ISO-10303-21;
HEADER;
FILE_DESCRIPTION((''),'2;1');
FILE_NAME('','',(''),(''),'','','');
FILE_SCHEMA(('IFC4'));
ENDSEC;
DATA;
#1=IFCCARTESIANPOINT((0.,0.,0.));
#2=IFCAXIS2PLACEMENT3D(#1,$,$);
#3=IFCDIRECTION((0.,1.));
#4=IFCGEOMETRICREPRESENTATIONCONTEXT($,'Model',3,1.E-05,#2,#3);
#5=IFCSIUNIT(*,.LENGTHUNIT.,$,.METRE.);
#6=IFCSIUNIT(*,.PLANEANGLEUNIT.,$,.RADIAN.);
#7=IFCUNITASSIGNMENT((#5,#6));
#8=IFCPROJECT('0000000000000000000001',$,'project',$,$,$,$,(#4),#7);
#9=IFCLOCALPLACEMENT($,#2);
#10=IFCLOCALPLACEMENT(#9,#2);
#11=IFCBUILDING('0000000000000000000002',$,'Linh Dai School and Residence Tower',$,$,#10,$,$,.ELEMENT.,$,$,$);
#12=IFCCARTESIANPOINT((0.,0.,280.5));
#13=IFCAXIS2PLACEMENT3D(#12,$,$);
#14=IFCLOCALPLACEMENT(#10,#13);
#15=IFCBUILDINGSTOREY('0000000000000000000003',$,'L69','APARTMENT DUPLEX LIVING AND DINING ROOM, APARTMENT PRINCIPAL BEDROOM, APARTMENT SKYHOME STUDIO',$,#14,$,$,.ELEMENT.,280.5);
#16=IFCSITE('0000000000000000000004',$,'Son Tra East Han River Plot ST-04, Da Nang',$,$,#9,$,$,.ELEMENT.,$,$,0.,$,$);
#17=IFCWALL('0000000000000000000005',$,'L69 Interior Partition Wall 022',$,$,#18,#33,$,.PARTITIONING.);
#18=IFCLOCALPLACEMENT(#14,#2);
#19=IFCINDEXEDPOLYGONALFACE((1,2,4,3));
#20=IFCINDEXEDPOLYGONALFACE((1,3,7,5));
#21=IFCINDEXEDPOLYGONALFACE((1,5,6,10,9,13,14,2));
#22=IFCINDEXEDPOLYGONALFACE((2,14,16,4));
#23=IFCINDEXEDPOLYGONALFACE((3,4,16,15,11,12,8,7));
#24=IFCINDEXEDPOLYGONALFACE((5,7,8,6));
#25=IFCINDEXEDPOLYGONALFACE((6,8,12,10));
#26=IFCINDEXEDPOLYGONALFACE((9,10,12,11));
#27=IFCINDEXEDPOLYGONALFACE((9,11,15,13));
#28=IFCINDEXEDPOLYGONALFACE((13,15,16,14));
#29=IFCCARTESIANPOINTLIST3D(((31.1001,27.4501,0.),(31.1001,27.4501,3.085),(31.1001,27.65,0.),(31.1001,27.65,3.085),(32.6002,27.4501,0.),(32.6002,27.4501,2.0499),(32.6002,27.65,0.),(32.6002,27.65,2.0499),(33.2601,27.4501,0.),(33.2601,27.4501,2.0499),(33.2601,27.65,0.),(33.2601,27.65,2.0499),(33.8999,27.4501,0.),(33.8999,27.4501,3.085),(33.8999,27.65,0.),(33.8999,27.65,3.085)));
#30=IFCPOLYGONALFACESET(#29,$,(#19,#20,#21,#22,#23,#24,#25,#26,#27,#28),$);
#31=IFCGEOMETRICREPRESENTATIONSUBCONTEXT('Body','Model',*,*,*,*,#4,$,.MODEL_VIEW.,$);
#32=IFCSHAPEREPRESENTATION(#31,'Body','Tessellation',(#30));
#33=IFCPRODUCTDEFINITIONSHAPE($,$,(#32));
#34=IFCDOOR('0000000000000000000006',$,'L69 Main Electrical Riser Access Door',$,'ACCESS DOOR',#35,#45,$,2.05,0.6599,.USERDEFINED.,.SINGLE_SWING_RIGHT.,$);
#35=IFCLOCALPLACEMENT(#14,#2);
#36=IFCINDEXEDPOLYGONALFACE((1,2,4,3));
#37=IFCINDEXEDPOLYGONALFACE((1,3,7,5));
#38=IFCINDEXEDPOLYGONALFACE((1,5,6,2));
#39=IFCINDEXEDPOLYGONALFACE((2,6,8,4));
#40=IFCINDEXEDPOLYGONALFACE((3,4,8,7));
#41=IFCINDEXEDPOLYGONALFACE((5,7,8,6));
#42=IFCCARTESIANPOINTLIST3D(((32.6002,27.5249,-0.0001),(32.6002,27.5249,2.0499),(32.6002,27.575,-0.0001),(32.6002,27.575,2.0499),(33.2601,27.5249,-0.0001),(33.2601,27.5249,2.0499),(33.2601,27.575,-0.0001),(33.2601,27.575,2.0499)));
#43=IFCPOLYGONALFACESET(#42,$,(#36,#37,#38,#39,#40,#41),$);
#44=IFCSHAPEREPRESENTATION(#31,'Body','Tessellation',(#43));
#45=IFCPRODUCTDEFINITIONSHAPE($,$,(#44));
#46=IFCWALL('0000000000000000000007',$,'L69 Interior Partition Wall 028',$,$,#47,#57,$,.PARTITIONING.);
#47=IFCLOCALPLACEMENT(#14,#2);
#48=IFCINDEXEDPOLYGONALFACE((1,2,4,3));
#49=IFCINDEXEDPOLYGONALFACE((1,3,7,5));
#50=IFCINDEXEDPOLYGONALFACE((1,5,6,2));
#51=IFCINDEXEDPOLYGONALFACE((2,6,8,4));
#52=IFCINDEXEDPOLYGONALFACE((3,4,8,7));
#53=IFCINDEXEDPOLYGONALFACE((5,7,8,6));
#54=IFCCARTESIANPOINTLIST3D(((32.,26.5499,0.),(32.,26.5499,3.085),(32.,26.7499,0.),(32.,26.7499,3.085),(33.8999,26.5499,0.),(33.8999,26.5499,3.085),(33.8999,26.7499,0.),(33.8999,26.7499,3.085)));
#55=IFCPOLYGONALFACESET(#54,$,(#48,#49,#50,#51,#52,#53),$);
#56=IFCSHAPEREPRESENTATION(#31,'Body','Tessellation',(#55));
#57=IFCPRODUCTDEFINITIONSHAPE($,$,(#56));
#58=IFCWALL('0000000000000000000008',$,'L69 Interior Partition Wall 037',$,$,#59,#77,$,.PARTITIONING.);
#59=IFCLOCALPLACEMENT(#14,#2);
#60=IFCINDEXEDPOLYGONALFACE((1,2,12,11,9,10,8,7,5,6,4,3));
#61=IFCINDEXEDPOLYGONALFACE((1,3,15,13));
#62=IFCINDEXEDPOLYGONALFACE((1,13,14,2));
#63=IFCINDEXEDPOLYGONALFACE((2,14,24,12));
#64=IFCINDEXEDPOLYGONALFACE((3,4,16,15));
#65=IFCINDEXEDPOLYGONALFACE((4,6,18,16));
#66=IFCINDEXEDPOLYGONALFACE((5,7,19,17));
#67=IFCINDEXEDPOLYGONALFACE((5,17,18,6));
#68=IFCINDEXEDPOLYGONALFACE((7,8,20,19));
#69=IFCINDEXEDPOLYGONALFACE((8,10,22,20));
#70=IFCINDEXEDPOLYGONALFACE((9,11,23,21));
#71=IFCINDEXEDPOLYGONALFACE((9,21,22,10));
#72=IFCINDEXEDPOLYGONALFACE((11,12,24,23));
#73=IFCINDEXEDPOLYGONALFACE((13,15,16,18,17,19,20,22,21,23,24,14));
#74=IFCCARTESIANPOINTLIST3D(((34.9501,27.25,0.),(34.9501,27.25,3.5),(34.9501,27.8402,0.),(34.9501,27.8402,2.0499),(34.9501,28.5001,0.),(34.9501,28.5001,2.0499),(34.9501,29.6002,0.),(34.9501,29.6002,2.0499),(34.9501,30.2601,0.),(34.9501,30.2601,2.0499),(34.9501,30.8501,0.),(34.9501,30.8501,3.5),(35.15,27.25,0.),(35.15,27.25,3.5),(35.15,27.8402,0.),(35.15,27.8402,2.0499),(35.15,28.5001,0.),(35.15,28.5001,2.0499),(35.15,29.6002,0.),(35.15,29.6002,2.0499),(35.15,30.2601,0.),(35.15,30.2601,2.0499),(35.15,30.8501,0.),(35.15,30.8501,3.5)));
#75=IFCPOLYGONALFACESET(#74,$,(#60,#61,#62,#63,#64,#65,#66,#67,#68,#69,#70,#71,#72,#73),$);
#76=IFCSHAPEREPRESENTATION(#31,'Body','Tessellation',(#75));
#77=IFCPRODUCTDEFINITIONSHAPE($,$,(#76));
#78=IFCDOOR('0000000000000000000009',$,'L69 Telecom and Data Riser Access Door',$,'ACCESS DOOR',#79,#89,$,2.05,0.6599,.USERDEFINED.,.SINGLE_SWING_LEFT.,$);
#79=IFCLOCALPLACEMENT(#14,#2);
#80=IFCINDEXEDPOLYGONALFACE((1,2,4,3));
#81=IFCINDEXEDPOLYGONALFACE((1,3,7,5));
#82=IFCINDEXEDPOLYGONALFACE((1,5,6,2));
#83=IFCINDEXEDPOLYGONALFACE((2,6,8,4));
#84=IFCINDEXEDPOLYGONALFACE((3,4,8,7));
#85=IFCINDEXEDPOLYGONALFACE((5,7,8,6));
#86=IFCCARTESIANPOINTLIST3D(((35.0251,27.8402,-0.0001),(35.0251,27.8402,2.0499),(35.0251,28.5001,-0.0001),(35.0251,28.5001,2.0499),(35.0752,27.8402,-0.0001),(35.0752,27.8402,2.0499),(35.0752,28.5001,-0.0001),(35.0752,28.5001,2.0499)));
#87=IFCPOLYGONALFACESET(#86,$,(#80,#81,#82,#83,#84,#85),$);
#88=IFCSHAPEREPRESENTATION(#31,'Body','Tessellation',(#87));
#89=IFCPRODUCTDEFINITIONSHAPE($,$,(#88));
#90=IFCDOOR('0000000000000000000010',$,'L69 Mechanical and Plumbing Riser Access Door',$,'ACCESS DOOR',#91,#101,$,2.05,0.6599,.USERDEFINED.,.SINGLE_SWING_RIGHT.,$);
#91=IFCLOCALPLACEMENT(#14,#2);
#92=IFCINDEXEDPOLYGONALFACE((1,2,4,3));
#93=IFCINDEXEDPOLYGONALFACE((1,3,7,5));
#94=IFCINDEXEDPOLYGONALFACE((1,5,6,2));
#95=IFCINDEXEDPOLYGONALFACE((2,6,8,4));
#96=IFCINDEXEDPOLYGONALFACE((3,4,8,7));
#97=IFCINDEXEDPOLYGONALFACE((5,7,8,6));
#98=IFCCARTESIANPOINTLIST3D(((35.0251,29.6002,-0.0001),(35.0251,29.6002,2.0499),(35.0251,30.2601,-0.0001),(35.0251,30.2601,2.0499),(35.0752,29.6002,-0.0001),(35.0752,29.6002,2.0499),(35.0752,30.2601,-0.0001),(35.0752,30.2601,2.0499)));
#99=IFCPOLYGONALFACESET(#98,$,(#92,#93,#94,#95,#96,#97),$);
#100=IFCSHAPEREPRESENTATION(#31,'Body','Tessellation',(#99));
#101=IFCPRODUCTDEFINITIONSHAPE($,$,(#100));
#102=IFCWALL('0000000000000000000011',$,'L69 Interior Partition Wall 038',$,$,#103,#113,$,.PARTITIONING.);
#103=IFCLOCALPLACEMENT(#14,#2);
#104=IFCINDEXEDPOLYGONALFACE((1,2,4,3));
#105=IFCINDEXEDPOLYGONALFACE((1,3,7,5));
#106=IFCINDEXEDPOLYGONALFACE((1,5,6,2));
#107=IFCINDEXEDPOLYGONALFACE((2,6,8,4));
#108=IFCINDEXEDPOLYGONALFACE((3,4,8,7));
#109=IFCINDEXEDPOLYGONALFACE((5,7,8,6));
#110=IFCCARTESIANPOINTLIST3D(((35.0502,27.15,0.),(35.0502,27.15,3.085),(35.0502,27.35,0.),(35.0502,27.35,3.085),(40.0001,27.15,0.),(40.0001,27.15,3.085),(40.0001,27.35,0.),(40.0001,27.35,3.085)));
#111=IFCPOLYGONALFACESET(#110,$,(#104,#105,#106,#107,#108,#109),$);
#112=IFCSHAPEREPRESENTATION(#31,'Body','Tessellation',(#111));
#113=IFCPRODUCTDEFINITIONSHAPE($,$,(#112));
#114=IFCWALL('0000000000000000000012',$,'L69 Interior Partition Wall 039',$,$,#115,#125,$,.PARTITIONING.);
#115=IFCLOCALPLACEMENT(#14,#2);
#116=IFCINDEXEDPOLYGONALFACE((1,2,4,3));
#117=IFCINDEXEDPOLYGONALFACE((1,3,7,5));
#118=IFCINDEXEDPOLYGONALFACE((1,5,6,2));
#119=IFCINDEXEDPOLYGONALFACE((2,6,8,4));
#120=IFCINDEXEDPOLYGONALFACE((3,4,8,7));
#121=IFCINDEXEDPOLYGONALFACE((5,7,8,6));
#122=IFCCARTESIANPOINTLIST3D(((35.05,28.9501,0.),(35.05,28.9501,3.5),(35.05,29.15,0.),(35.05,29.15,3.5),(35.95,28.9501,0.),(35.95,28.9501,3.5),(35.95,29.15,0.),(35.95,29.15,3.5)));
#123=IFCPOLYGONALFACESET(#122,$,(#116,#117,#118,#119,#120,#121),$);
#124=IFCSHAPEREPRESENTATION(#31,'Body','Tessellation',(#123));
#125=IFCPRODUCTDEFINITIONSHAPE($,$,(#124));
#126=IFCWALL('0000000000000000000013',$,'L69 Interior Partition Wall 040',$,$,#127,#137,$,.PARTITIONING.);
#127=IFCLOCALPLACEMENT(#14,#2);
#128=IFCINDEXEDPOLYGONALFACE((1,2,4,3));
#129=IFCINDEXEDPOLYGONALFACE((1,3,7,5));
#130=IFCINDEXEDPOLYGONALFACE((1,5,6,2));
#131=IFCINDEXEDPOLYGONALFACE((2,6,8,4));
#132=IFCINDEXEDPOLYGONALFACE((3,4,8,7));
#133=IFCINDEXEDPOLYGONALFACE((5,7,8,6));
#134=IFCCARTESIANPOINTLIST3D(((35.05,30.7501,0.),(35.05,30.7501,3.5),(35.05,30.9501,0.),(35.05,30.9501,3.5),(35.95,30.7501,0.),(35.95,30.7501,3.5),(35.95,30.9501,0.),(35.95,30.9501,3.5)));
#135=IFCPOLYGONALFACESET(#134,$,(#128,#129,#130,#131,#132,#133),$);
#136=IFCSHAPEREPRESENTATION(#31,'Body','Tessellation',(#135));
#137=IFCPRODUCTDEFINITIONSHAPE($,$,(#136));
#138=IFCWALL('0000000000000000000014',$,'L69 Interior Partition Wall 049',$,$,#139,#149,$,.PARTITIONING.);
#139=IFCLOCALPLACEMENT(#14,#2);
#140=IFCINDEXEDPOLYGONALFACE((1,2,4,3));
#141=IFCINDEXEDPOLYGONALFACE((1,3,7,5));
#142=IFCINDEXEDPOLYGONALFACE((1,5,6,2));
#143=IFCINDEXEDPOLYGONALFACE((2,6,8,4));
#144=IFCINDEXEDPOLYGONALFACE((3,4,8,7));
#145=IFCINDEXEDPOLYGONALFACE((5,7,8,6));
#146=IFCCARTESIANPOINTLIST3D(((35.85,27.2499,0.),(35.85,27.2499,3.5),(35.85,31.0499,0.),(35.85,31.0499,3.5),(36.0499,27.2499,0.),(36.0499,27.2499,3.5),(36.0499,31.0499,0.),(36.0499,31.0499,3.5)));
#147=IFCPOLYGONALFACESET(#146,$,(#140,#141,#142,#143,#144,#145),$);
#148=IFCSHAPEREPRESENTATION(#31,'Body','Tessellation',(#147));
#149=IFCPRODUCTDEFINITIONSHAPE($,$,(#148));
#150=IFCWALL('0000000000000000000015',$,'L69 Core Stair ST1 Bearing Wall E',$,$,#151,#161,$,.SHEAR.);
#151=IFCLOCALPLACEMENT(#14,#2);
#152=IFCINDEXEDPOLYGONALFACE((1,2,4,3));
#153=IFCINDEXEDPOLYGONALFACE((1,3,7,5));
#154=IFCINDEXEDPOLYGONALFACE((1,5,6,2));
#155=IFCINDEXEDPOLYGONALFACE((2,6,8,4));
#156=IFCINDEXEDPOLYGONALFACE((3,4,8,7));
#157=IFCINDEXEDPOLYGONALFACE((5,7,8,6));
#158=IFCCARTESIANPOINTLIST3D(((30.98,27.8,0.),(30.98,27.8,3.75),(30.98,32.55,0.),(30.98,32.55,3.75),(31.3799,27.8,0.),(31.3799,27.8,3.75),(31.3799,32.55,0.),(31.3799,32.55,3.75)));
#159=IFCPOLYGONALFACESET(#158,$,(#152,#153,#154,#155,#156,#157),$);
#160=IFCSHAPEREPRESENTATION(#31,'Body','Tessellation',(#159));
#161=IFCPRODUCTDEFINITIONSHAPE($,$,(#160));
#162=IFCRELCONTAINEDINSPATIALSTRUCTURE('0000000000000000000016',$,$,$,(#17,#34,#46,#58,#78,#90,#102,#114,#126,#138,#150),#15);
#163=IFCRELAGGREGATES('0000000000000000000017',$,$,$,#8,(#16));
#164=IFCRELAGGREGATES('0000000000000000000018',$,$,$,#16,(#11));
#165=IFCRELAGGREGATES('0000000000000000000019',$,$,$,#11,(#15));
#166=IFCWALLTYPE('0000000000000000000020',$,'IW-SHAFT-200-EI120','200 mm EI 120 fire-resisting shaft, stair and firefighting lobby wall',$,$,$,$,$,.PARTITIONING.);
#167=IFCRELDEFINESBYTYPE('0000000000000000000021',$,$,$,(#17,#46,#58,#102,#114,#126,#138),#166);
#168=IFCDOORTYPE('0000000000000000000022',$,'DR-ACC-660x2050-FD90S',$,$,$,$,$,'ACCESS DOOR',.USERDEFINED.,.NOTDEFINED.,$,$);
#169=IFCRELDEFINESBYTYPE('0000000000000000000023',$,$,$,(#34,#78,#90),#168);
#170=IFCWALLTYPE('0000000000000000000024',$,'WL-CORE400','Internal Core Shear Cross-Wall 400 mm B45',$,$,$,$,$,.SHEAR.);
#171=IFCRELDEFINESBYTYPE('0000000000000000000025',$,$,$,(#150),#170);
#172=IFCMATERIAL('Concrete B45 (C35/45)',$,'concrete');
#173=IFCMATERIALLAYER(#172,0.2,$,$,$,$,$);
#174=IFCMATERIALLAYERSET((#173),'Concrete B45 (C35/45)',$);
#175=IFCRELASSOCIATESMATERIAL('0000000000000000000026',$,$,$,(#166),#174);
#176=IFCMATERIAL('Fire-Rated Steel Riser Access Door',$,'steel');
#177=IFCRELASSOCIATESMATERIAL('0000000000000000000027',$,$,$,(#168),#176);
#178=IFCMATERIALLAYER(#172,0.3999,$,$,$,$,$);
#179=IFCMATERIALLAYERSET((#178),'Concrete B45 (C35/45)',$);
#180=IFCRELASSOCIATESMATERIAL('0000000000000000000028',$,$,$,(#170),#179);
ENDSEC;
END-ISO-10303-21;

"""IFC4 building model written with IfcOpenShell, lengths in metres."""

from ifc_helpers import new_model, si_unit, direction, frame, frame_2d, origin, origin_2d, place, context, subcontext, project, spatial, rectangle, extrude, source, transform, mapped, material, layer, layer_set, type_object, element, fill, save


model = new_model("IFC4")

# Units and contexts
model_context = context("Model", 3, precision=1e-05, world=origin(), true_north=direction((0.0, 1.0)))
body_context = subcontext(model_context, "Body", "Model", "MODEL_VIEW")
ifc_project = project(units=[si_unit("LENGTHUNIT", "METRE"), si_unit("PLANEANGLEUNIT", "RADIAN")], contexts=[model_context])

# Site, building, storey
site_placement = place(None, origin())
site = spatial("IfcSite", under=ifc_project, at=site_placement, Name="Son Tra East Han River Plot ST-04, Da Nang", CompositionType="ELEMENT", RefElevation=0.0)
building_placement = place(site_placement, origin())
building = spatial("IfcBuilding", under=site, at=building_placement, Name="Linh Dai School and Residence Tower", CompositionType="ELEMENT")
storey_placement = place(building_placement, frame((0.0, 0.0, 280.5)))
storey = spatial("IfcBuildingStorey", under=building, at=storey_placement, Name="L69", Description="APARTMENT DUPLEX LIVING AND DINING ROOM, APARTMENT PRINCIPAL BEDROOM, APARTMENT SKYHOME STUDIO", CompositionType="ELEMENT", Elevation=280.5)

# Wall, opening, door
ifc_material_1 = material(Name="Concrete B45 (C35/45)", Category="concrete")
ifc_layer_1 = layer(ifc_material_1, 0.2)
ifc_layer_set_1 = layer_set([ifc_layer_1], Name="Concrete B45 (C35/45)")
wall_type_1 = type_object("IfcWallType", Name="IW-SHAFT-200-EI120", Description="200 mm EI 120 fire-resisting shaft, stair and firefighting lobby wall", PredefinedType="PARTITIONING", material=ifc_layer_set_1)
wall_1_placement = place(storey_placement, frame((31.1001, 27.55, 0.0), z_axis=(0.0, 0.0, 1.0), x_axis=(1.0, 0.0, 0.0)))
wall_1 = element("IfcWall", 1, at=wall_1_placement, inside=storey, type_object=wall_type_1, Name="L69 Interior Partition Wall 022", PredefinedType="PARTITIONING", context=body_context, shape_type="SweptSolid", body=[
    extrude(rectangle(XDim=2.7998, YDim=0.2, at=frame_2d((1.3999, 0.0))), origin(), (0.0, 0.0, 1.0), 3.085),
])
opening_1_placement = place(wall_1_placement, frame((1.5, 0.0, 0.0)))
opening_1 = element("IfcOpeningElement", 2, at=opening_1_placement, cuts=wall_1, PredefinedType="OPENING", context=body_context, shape_type="SweptSolid", body=[
    extrude(rectangle(XDim=0.6599, YDim=2.05, at=origin_2d()), frame((0.3301, 0.1099, 1.0249), z_axis=(0.0, -1.0, 0.0), x_axis=(1.0, 0.0, 0.0)), (0.0, 0.0, 1.0), 0.22),
])
ifc_material_2 = material(Name="Fire-Rated Steel Riser Access Door", Category="steel")
door_type_1 = type_object("IfcDoorType", Name="DR-ACC-660x2050-FD90S", ElementType="ACCESS DOOR", OperationType="NOTDEFINED", PredefinedType="USERDEFINED", material=ifc_material_2)
shared_shape_1 = source(origin(), body_context, "Body", "SweptSolid", [
    extrude(rectangle(XDim=0.6599, YDim=2.05, at=origin_2d()), frame((0.3301, 0.0249, 1.0249), z_axis=(0.0, -1.0, 0.0), x_axis=(1.0, 0.0, 0.0)), (0.0, 0.0, 1.0), 0.05),
])
door_1_placement = place(opening_1_placement, origin())
door_1 = element("IfcDoor", 3, at=door_1_placement, inside=storey, type_object=door_type_1, Name="L69 Main Electrical Riser Access Door", ObjectType="ACCESS DOOR", OperationType="SINGLE_SWING_RIGHT", OverallHeight=2.05, OverallWidth=0.6599, PredefinedType="USERDEFINED", context=body_context, shape_type="MappedRepresentation", body=[
    mapped(shared_shape_1, transform((0.0, 0.0, 0.0), x_axis=(1.0, 0.0, 0.0), y_axis=(0.0, 1.0, 0.0), z_axis=(0.0, 0.0, 1.0), scale=1.0)),
])
fill(opening_1, door_1)

# Wall
wall_2_placement = place(storey_placement, frame((32.0, 26.6499, 0.0), z_axis=(0.0, 0.0, 1.0), x_axis=(1.0, 0.0, 0.0)))
element("IfcWall", 4, at=wall_2_placement, inside=storey, type_object=wall_type_1, Name="L69 Interior Partition Wall 028", PredefinedType="PARTITIONING", context=body_context, shape_type="SweptSolid", body=[
    extrude(rectangle(XDim=1.8999, YDim=0.2, at=frame_2d((0.95, 0.0))), origin(), (0.0, 0.0, 1.0), 3.085),
])

# Wall, openings, doors
wall_3_placement = place(storey_placement, frame((35.05, 27.25, 0.0), z_axis=(0.0, 0.0, 1.0), x_axis=(0.0, 1.0, 0.0)))
wall_3 = element("IfcWall", 5, at=wall_3_placement, inside=storey, type_object=wall_type_1, Name="L69 Interior Partition Wall 037", PredefinedType="PARTITIONING", context=body_context, shape_type="SweptSolid", body=[
    extrude(rectangle(XDim=3.6001, YDim=0.2, at=frame_2d((1.8, 0.0))), origin(), (0.0, 0.0, 1.0), 3.5),
])
opening_2_placement = place(wall_3_placement, frame((0.5901, 0.0, 0.0)))
opening_2 = element("IfcOpeningElement", 6, at=opening_2_placement, cuts=wall_3, PredefinedType="OPENING", context=body_context, shape_type="SweptSolid", body=[
    extrude(rectangle(XDim=0.6599, YDim=2.05, at=origin_2d()), frame((0.3301, 0.1099, 1.0249), z_axis=(0.0, -1.0, 0.0), x_axis=(1.0, 0.0, 0.0)), (0.0, 0.0, 1.0), 0.22),
])
opening_3_placement = place(wall_3_placement, frame((2.3501, 0.0, 0.0)))
opening_3 = element("IfcOpeningElement", 7, at=opening_3_placement, cuts=wall_3, PredefinedType="OPENING", context=body_context, shape_type="SweptSolid", body=[
    extrude(rectangle(XDim=0.6599, YDim=2.05, at=origin_2d()), frame((0.3301, 0.1099, 1.0249), z_axis=(0.0, -1.0, 0.0), x_axis=(1.0, 0.0, 0.0)), (0.0, 0.0, 1.0), 0.22),
])
door_2_placement = place(opening_2_placement, origin())
door_2 = element("IfcDoor", 8, at=door_2_placement, inside=storey, type_object=door_type_1, Name="L69 Telecom and Data Riser Access Door", ObjectType="ACCESS DOOR", OperationType="SINGLE_SWING_LEFT", OverallHeight=2.05, OverallWidth=0.6599, PredefinedType="USERDEFINED", context=body_context, shape_type="MappedRepresentation", body=[
    mapped(shared_shape_1, transform((0.0, 0.0, 0.0), x_axis=(1.0, 0.0, 0.0), y_axis=(0.0, 1.0, 0.0), z_axis=(0.0, 0.0, 1.0), scale=1.0)),
])
fill(opening_2, door_2)
door_3_placement = place(opening_3_placement, origin())
door_3 = element("IfcDoor", 9, at=door_3_placement, inside=storey, type_object=door_type_1, Name="L69 Mechanical and Plumbing Riser Access Door", ObjectType="ACCESS DOOR", OperationType="SINGLE_SWING_RIGHT", OverallHeight=2.05, OverallWidth=0.6599, PredefinedType="USERDEFINED", context=body_context, shape_type="MappedRepresentation", body=[
    mapped(shared_shape_1, transform((0.0, 0.0, 0.0), x_axis=(1.0, 0.0, 0.0), y_axis=(0.0, 1.0, 0.0), z_axis=(0.0, 0.0, 1.0), scale=1.0)),
])
fill(opening_3, door_3)

# Walls
wall_4_placement = place(storey_placement, frame((35.05, 27.25, 0.0), z_axis=(0.0, 0.0, 1.0), x_axis=(1.0, 0.0, 0.0)))
element("IfcWall", 10, at=wall_4_placement, inside=storey, type_object=wall_type_1, Name="L69 Interior Partition Wall 038", PredefinedType="PARTITIONING", context=body_context, shape_type="SweptSolid", body=[
    extrude(rectangle(XDim=4.95, YDim=0.2, at=frame_2d((2.4751, 0.0))), origin(), (0.0, 0.0, 1.0), 3.085),
])
for number, where, z_axis, x_axis, name in (
    (11, (35.05, 29.05, 0.0), (0.0, 0.0, 1.0), (1.0, 0.0, 0.0), "L69 Interior Partition Wall 039"),
    (12, (35.05, 30.8501, 0.0), (0.0, 0.0, 1.0), (1.0, 0.0, 0.0), "L69 Interior Partition Wall 040"),
):
    element("IfcWall", number, at=place(storey_placement, frame(where, z_axis=z_axis, x_axis=x_axis)), inside=storey, type_object=wall_type_1, Name=name, PredefinedType="PARTITIONING", context=body_context, shape_type="SweptSolid", body=[
        extrude(rectangle(XDim=0.8999, YDim=0.2, at=frame_2d((0.45, 0.0))), origin(), (0.0, 0.0, 1.0), 3.5),
    ])
wall_5_placement = place(storey_placement, frame((35.95, 27.25, 0.0), z_axis=(0.0, 0.0, 1.0), x_axis=(0.0, 1.0, 0.0)))
element("IfcWall", 13, at=wall_5_placement, inside=storey, type_object=wall_type_1, Name="L69 Interior Partition Wall 049", PredefinedType="PARTITIONING", context=body_context, shape_type="SweptSolid", body=[
    extrude(rectangle(XDim=3.8, YDim=0.2, at=frame_2d((1.8999, 0.0))), origin(), (0.0, 0.0, 1.0), 3.5),
])
ifc_layer_2 = layer(ifc_material_1, 0.3999)
ifc_layer_set_2 = layer_set([ifc_layer_2], Name="Concrete B45 (C35/45)")
wall_type_2 = type_object("IfcWallType", Name="WL-CORE400", Description="Internal Core Shear Cross-Wall 400 mm B45", PredefinedType="SHEAR", material=ifc_layer_set_2)
wall_6_placement = place(storey_placement, frame((31.1799, 27.8, 0.0), z_axis=(0.0, 0.0, 1.0), x_axis=(0.0, 1.0, 0.0)))
element("IfcWall", 14, at=wall_6_placement, inside=storey, type_object=wall_type_2, Name="L69 Core Stair ST1 Bearing Wall E", PredefinedType="SHEAR", context=body_context, shape_type="SweptSolid", body=[
    extrude(rectangle(XDim=4.75, YDim=0.3999, at=frame_2d((2.375, 0.0))), origin(), (0.0, 0.0, 1.0), 3.75),
])

save(model, "model.ifc")
